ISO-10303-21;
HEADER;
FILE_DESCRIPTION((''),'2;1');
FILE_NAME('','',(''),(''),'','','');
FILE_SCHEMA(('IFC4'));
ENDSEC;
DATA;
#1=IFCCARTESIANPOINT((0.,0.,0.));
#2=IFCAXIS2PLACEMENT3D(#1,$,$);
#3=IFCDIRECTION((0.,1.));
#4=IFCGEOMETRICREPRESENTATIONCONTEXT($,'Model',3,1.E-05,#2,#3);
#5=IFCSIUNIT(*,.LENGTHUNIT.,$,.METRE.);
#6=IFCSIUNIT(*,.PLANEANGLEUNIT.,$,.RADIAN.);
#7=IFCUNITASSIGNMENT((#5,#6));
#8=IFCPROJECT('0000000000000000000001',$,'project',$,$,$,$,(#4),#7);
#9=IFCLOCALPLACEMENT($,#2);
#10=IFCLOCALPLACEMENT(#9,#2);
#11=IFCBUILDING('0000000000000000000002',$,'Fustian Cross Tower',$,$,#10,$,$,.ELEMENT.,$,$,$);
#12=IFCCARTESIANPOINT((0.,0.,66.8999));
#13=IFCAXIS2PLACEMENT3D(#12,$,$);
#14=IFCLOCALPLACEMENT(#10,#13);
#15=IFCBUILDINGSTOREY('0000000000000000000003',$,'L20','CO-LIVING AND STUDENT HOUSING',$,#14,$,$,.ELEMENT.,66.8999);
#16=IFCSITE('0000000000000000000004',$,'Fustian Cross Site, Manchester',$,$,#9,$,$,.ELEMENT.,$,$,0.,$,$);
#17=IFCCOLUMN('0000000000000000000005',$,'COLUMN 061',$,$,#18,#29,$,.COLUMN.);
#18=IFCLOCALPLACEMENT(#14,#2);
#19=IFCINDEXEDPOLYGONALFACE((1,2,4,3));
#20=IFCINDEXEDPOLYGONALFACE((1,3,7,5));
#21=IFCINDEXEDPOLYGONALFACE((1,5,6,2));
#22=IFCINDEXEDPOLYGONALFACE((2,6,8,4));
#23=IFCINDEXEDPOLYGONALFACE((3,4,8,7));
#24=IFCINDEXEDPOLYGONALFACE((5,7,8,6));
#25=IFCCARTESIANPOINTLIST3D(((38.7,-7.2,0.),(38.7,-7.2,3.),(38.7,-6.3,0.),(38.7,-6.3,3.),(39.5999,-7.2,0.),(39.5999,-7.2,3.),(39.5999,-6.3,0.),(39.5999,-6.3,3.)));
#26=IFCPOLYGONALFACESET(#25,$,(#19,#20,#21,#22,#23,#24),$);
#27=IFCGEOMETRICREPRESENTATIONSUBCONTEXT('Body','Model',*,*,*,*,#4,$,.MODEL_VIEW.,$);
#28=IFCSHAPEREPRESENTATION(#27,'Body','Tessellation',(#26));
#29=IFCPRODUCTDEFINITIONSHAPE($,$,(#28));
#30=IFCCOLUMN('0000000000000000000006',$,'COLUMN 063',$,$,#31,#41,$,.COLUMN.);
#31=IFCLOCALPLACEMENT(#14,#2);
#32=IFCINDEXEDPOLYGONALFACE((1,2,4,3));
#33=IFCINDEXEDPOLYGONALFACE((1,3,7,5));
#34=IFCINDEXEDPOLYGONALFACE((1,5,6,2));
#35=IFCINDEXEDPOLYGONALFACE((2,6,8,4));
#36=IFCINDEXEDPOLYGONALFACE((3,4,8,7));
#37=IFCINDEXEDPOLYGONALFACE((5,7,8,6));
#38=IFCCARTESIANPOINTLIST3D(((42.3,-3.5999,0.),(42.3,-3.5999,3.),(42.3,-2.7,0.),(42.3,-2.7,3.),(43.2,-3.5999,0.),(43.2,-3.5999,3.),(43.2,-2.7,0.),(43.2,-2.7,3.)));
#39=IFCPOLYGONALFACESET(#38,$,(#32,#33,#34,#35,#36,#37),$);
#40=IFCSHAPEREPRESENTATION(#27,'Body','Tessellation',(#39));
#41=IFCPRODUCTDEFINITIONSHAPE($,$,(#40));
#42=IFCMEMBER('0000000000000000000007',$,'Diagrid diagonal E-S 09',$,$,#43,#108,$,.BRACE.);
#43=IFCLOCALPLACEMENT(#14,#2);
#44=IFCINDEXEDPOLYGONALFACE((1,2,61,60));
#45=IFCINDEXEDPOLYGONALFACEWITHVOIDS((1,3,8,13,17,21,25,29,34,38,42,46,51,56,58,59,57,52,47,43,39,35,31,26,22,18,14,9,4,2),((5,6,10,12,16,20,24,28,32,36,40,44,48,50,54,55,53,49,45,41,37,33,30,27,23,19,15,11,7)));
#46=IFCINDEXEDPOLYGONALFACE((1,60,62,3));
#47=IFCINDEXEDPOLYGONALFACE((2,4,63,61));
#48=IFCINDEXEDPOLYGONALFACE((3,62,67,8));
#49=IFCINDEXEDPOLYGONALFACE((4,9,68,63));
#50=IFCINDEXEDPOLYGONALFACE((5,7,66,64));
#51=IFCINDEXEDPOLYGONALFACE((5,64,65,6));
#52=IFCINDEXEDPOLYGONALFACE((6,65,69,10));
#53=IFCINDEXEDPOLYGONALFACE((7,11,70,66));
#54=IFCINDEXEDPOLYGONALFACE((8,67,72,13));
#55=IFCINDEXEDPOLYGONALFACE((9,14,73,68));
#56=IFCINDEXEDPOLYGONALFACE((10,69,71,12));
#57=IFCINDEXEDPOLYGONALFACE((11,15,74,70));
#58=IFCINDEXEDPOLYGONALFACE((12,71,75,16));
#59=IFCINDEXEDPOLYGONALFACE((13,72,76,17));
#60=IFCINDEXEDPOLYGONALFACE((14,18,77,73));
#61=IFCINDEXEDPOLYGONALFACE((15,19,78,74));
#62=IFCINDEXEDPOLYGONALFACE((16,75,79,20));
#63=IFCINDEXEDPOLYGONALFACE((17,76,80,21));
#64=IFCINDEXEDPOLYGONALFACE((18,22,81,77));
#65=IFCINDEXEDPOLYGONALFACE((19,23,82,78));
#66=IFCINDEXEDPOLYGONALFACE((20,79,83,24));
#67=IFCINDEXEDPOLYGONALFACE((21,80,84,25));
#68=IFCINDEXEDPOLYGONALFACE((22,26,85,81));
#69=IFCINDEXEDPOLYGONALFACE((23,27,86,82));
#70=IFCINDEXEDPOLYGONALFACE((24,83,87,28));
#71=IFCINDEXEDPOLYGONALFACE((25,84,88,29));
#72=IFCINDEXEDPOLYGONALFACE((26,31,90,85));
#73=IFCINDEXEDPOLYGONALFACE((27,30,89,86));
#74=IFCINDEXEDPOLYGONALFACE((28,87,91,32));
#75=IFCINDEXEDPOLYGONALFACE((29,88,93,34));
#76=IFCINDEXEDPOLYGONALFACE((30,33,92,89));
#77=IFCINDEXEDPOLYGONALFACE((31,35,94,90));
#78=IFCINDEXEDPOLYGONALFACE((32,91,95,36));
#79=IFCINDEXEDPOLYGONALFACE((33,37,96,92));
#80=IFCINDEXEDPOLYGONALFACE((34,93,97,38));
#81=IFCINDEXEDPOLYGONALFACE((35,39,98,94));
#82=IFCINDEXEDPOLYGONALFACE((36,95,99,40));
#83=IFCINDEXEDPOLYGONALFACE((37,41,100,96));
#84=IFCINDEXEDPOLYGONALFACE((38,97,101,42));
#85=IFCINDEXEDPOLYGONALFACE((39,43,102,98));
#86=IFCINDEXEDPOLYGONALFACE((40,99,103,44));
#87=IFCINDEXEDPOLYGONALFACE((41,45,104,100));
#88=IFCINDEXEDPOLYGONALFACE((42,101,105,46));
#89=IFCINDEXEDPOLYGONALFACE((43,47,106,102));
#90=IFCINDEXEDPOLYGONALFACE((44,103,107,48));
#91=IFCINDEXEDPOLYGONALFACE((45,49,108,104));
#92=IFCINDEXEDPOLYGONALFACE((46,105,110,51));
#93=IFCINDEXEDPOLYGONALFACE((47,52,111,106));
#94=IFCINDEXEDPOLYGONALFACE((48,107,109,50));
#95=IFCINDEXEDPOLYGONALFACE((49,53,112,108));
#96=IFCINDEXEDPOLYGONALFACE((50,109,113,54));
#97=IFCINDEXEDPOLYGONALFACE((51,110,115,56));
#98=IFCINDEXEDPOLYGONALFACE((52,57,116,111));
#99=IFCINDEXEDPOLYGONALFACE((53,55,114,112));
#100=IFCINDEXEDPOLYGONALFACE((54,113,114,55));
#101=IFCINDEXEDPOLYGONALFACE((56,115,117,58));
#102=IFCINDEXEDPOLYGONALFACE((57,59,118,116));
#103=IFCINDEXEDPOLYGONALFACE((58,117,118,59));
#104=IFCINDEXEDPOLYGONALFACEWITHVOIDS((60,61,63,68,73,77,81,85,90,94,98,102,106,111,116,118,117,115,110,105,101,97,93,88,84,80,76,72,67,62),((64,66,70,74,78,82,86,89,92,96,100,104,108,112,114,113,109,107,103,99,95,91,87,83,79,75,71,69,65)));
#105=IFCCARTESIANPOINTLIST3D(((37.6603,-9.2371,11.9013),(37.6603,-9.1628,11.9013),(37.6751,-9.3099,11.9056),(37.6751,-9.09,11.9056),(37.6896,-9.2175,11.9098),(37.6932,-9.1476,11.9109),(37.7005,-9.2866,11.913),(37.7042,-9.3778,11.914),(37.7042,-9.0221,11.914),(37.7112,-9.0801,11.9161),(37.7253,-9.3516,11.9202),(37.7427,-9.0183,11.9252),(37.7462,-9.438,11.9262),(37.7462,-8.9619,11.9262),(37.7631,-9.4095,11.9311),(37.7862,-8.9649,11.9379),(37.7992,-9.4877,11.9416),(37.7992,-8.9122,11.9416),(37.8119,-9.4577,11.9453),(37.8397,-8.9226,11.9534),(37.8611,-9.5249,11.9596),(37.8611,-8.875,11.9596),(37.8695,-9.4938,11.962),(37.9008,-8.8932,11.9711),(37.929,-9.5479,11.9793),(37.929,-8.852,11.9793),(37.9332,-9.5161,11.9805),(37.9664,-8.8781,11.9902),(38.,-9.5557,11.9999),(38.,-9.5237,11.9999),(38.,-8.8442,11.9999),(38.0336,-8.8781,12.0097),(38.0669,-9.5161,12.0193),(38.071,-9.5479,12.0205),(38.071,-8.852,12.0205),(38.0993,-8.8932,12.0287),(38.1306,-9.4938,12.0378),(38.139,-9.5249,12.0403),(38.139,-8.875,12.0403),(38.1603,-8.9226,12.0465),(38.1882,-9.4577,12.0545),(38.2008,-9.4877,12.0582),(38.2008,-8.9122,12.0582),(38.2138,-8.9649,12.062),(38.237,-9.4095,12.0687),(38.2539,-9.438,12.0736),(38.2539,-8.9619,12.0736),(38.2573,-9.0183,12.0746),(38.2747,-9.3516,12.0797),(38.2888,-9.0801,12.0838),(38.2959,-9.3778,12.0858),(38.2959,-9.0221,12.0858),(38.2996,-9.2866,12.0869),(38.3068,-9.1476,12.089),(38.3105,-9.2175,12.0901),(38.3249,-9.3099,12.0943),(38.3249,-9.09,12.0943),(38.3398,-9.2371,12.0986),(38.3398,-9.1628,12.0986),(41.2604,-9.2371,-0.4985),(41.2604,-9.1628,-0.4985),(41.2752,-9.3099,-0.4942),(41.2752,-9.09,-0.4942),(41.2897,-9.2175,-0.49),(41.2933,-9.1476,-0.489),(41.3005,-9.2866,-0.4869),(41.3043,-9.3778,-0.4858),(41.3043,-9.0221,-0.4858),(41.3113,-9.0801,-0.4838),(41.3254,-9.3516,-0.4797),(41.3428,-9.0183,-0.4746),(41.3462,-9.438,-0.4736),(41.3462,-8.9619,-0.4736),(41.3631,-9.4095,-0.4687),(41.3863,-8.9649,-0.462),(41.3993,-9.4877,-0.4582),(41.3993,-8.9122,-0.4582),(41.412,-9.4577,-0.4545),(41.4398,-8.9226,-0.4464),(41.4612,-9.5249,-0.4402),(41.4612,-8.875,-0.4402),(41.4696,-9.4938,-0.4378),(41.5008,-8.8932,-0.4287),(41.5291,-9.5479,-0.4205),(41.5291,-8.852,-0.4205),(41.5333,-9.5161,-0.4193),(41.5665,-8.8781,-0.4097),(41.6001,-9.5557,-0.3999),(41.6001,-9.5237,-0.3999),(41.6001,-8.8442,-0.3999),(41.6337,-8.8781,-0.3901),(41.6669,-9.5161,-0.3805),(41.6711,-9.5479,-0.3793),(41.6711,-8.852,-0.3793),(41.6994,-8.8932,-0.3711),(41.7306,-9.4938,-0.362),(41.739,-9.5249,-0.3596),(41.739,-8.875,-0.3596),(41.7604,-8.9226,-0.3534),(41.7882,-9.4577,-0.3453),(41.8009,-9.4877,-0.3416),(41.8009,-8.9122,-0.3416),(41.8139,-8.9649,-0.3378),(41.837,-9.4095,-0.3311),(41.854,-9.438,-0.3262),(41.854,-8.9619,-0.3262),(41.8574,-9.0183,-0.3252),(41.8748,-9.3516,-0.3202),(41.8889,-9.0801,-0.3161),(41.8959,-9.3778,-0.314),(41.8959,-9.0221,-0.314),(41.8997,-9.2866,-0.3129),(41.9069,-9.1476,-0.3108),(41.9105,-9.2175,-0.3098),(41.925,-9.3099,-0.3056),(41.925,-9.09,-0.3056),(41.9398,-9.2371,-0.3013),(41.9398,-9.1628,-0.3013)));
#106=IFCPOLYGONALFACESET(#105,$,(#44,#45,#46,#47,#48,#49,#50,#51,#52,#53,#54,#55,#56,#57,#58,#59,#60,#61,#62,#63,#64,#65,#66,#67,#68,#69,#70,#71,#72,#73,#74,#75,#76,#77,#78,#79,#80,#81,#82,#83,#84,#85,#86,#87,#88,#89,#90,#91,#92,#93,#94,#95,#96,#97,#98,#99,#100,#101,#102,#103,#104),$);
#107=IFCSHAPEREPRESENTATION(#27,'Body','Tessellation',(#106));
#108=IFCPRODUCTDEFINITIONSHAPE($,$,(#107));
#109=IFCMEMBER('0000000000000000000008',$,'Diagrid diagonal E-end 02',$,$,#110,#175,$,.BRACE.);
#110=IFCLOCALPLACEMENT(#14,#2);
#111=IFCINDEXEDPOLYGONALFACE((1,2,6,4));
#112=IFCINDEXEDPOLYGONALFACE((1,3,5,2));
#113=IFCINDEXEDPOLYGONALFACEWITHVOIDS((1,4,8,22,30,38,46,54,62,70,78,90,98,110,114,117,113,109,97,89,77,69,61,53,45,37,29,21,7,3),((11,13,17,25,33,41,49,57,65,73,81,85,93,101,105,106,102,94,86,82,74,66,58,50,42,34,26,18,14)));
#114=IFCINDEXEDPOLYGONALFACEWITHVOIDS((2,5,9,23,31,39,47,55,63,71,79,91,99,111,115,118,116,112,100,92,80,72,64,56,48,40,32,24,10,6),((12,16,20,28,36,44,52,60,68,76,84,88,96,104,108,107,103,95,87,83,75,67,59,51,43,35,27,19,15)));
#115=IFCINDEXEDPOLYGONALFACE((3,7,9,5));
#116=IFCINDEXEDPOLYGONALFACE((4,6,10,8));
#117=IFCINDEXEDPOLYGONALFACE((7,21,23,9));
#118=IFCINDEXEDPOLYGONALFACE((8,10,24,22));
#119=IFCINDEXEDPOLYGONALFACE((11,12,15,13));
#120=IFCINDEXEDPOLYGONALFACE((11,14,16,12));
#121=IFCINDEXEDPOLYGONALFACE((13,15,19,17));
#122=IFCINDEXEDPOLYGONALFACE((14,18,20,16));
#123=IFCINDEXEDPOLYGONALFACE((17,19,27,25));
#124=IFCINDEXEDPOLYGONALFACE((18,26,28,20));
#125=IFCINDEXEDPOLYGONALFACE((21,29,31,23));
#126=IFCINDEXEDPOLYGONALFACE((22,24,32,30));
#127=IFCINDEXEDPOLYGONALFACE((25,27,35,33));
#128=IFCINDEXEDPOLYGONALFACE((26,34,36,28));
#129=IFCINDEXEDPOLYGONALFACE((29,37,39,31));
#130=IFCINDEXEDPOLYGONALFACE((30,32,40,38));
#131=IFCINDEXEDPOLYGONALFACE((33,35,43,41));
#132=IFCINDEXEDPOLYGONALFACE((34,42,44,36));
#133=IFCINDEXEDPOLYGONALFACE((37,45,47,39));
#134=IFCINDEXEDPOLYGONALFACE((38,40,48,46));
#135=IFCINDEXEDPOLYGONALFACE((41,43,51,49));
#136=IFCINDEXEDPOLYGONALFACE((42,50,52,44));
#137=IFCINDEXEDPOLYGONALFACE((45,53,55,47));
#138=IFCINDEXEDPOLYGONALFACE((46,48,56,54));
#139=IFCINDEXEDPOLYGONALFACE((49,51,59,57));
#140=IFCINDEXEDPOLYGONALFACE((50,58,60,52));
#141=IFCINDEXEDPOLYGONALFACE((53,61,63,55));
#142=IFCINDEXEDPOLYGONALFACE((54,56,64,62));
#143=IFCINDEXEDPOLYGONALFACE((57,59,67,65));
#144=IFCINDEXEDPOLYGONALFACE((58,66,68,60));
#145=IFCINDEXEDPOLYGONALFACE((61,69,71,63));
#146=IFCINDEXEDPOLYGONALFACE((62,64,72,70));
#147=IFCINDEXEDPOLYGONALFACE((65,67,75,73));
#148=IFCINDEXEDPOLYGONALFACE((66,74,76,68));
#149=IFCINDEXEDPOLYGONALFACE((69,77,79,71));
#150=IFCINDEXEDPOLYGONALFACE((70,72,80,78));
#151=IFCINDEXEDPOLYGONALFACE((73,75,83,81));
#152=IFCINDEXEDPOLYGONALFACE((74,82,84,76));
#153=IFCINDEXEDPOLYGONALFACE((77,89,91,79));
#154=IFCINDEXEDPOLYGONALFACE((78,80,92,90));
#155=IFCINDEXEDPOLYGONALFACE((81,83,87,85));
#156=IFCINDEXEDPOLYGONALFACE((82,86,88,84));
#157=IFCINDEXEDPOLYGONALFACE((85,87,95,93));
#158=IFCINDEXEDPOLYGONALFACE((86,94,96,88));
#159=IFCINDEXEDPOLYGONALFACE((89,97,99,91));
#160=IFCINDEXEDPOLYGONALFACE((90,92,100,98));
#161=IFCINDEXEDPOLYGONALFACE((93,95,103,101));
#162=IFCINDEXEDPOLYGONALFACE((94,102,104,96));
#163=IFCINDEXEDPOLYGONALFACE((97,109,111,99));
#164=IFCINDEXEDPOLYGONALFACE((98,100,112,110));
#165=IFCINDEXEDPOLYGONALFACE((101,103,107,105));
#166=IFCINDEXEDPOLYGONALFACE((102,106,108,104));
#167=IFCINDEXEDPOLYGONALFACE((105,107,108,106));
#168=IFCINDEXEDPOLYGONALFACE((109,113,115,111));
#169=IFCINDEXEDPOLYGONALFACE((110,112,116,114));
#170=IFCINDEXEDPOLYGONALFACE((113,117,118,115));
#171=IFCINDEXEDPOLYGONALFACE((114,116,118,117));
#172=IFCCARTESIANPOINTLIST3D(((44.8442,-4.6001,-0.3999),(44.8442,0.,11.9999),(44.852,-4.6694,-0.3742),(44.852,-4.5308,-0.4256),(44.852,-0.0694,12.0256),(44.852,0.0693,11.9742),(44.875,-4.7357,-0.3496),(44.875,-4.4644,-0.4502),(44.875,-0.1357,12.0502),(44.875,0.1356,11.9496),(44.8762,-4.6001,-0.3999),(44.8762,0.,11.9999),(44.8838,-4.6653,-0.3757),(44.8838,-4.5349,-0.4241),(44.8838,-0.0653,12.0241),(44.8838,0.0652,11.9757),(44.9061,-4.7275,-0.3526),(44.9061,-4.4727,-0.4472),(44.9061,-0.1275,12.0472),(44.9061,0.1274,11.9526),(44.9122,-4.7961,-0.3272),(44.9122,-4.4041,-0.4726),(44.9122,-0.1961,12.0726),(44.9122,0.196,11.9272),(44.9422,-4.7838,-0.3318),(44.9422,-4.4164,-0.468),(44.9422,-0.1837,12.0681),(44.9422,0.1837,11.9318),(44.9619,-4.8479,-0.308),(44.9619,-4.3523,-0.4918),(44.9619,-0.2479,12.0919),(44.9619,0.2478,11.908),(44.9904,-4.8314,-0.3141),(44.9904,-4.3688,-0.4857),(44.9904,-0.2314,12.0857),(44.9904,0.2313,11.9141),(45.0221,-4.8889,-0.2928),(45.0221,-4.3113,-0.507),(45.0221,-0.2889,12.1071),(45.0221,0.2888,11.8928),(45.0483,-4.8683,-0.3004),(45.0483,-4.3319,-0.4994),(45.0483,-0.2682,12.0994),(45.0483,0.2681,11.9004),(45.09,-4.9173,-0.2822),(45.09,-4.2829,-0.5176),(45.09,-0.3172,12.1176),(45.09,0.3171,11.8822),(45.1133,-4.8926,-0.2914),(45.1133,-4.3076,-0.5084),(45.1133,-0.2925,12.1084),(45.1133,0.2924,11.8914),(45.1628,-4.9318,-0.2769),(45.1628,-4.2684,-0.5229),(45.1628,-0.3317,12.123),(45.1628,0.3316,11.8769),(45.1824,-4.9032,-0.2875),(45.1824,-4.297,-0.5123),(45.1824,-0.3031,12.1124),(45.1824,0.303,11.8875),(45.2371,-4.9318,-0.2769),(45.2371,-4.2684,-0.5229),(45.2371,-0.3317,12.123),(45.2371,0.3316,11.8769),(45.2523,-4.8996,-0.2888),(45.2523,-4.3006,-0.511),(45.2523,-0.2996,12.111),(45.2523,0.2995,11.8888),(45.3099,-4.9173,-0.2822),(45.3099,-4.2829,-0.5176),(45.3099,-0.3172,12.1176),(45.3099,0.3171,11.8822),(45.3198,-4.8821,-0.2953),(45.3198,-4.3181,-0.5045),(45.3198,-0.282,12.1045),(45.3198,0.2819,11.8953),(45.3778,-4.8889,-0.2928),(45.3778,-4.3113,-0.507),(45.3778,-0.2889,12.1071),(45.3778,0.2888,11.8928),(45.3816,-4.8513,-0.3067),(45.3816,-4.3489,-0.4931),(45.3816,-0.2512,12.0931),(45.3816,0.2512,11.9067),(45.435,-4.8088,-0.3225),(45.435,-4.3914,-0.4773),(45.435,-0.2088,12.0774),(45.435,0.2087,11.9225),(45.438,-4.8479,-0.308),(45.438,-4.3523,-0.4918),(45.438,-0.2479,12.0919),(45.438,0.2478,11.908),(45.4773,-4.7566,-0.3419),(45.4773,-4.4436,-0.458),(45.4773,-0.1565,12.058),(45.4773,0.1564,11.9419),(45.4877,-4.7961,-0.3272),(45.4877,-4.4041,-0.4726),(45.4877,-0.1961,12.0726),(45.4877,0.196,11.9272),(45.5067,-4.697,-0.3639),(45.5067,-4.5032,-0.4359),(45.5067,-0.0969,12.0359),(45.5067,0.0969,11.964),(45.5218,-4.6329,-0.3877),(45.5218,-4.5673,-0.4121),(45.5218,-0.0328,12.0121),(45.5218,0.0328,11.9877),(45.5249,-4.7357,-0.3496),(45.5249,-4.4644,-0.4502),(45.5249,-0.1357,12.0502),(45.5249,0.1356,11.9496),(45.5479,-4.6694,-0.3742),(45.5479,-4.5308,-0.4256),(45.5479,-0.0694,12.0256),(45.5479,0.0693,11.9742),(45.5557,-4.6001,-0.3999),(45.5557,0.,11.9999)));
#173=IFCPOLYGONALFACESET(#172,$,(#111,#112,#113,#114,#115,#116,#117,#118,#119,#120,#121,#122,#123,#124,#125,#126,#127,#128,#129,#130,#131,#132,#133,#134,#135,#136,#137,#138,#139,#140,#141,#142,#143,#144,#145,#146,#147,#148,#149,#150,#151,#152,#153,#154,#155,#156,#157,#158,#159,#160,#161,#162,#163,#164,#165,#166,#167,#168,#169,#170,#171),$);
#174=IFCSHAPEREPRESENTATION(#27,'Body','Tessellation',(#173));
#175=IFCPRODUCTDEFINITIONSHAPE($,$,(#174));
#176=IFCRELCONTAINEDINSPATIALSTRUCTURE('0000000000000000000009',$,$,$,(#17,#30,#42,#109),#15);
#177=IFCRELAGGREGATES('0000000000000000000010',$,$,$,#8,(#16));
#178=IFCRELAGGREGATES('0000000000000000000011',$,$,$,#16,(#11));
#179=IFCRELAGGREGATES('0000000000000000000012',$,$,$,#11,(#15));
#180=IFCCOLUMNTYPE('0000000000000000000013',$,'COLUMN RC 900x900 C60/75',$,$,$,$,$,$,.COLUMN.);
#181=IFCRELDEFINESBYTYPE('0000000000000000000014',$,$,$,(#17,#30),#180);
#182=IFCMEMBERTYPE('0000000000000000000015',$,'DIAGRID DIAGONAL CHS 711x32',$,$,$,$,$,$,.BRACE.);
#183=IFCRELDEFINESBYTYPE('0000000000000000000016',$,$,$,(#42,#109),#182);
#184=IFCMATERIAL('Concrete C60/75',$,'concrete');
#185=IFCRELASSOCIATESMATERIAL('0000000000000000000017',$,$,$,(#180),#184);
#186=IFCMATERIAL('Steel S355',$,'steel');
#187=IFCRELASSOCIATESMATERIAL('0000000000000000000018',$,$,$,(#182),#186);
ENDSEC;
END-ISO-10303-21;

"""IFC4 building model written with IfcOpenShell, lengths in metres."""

from ifc_helpers import new_model, si_unit, direction, frame, origin, origin_2d, place, context, subcontext, project, spatial, rectangle, hollow_circle, extrude, material, material_profile, profile_set, type_object, element, save


model = new_model("IFC4")

# Units and contexts
model_context = context("Model", 3, precision=1e-05, world=origin(), true_north=direction((0.0, 1.0)))
body_context = subcontext(model_context, "Body", "Model", "MODEL_VIEW")
ifc_project = project(units=[si_unit("LENGTHUNIT", "METRE"), si_unit("PLANEANGLEUNIT", "RADIAN")], contexts=[model_context])

# Site, building, storey
site_placement = place(None, origin())
site = spatial("IfcSite", under=ifc_project, at=site_placement, Name="Fustian Cross Site, Manchester", CompositionType="ELEMENT", RefElevation=0.0)
building_placement = place(site_placement, origin())
building = spatial("IfcBuilding", under=site, at=building_placement, Name="Fustian Cross Tower", CompositionType="ELEMENT")
storey_placement = place(building_placement, frame((0.0, 0.0, 66.8999)))
storey = spatial("IfcBuildingStorey", under=building, at=storey_placement, Name="L20", Description="CO-LIVING AND STUDENT HOUSING", CompositionType="ELEMENT", Elevation=66.8999)

# Columns
ifc_material_1 = material(Name="Concrete C60/75", Category="concrete")
ifc_material_profile_1 = material_profile(ifc_material_1, rectangle(XDim=0.8999, YDim=0.8999, at=origin_2d()), Name="RC 900x900")
ifc_profile_set_1 = profile_set([ifc_material_profile_1], Name="Concrete C60/75")
column_type = type_object("IfcColumnType", Name="COLUMN RC 900x900 C60/75", PredefinedType="COLUMN", material=ifc_profile_set_1)
for number, where, z_axis, x_axis, name in (
    (1, (39.1499, -6.75, 0.0), (0.0, 0.0, 1.0), (1.0, 0.0, 0.0), "COLUMN 061"),
    (2, (42.75, -3.1499, 0.0), (0.0, 0.0, 1.0), (1.0, 0.0, 0.0), "COLUMN 063"),
):
    element("IfcColumn", number, at=place(storey_placement, frame(where, z_axis=z_axis, x_axis=x_axis)), inside=storey, type_object=column_type, Name=name, PredefinedType="COLUMN", context=body_context, shape_type="SweptSolid", body=[
        extrude(rectangle(XDim=0.8999, YDim=0.8999, at=origin_2d()), origin(), (0.0, 0.0, 1.0), 3.0),
    ])

# Members
ifc_material_2 = material(Name="Steel S355", Category="steel")
ifc_material_profile_2 = material_profile(ifc_material_2, hollow_circle(Radius=0.3557, WallThickness=0.032, at=origin_2d()), Name="CHS 711x32")
ifc_profile_set_2 = profile_set([ifc_material_profile_2], Name="Steel S355")
member_type_1 = type_object("IfcMemberType", Name="DIAGRID DIAGONAL CHS 711x32", PredefinedType="BRACE", material=ifc_profile_set_2)
member_1_placement = place(storey_placement, frame((41.6001, -9.2, -0.3999), z_axis=(-0.278819, 0.0, 0.960344), x_axis=(0.0, -1.0, 0.0)))
element("IfcMember", 3, at=member_1_placement, inside=storey, type_object=member_type_1, Name="Diagrid diagonal E-S 09", PredefinedType="BRACE", context=body_context, shape_type="SweptSolid", body=[
    extrude(hollow_circle(Radius=0.3557, WallThickness=0.032, at=origin_2d()), origin(), (0.0, 0.0, 1.0), 12.9119),
])
member_2_placement = place(storey_placement, frame((45.2, -4.6001, -0.3999), z_axis=(0.0, 0.347816, 0.937563), x_axis=(-1.0, 0.0, 0.0)))
element("IfcMember", 4, at=member_2_placement, inside=storey, type_object=member_type_1, Name="Diagrid diagonal E-end 02", PredefinedType="BRACE", context=body_context, shape_type="SweptSolid", body=[
    extrude(hollow_circle(Radius=0.3557, WallThickness=0.032, at=origin_2d()), origin(), (0.0, 0.0, 1.0), 13.2256),
])

save(model, "model.ifc")
